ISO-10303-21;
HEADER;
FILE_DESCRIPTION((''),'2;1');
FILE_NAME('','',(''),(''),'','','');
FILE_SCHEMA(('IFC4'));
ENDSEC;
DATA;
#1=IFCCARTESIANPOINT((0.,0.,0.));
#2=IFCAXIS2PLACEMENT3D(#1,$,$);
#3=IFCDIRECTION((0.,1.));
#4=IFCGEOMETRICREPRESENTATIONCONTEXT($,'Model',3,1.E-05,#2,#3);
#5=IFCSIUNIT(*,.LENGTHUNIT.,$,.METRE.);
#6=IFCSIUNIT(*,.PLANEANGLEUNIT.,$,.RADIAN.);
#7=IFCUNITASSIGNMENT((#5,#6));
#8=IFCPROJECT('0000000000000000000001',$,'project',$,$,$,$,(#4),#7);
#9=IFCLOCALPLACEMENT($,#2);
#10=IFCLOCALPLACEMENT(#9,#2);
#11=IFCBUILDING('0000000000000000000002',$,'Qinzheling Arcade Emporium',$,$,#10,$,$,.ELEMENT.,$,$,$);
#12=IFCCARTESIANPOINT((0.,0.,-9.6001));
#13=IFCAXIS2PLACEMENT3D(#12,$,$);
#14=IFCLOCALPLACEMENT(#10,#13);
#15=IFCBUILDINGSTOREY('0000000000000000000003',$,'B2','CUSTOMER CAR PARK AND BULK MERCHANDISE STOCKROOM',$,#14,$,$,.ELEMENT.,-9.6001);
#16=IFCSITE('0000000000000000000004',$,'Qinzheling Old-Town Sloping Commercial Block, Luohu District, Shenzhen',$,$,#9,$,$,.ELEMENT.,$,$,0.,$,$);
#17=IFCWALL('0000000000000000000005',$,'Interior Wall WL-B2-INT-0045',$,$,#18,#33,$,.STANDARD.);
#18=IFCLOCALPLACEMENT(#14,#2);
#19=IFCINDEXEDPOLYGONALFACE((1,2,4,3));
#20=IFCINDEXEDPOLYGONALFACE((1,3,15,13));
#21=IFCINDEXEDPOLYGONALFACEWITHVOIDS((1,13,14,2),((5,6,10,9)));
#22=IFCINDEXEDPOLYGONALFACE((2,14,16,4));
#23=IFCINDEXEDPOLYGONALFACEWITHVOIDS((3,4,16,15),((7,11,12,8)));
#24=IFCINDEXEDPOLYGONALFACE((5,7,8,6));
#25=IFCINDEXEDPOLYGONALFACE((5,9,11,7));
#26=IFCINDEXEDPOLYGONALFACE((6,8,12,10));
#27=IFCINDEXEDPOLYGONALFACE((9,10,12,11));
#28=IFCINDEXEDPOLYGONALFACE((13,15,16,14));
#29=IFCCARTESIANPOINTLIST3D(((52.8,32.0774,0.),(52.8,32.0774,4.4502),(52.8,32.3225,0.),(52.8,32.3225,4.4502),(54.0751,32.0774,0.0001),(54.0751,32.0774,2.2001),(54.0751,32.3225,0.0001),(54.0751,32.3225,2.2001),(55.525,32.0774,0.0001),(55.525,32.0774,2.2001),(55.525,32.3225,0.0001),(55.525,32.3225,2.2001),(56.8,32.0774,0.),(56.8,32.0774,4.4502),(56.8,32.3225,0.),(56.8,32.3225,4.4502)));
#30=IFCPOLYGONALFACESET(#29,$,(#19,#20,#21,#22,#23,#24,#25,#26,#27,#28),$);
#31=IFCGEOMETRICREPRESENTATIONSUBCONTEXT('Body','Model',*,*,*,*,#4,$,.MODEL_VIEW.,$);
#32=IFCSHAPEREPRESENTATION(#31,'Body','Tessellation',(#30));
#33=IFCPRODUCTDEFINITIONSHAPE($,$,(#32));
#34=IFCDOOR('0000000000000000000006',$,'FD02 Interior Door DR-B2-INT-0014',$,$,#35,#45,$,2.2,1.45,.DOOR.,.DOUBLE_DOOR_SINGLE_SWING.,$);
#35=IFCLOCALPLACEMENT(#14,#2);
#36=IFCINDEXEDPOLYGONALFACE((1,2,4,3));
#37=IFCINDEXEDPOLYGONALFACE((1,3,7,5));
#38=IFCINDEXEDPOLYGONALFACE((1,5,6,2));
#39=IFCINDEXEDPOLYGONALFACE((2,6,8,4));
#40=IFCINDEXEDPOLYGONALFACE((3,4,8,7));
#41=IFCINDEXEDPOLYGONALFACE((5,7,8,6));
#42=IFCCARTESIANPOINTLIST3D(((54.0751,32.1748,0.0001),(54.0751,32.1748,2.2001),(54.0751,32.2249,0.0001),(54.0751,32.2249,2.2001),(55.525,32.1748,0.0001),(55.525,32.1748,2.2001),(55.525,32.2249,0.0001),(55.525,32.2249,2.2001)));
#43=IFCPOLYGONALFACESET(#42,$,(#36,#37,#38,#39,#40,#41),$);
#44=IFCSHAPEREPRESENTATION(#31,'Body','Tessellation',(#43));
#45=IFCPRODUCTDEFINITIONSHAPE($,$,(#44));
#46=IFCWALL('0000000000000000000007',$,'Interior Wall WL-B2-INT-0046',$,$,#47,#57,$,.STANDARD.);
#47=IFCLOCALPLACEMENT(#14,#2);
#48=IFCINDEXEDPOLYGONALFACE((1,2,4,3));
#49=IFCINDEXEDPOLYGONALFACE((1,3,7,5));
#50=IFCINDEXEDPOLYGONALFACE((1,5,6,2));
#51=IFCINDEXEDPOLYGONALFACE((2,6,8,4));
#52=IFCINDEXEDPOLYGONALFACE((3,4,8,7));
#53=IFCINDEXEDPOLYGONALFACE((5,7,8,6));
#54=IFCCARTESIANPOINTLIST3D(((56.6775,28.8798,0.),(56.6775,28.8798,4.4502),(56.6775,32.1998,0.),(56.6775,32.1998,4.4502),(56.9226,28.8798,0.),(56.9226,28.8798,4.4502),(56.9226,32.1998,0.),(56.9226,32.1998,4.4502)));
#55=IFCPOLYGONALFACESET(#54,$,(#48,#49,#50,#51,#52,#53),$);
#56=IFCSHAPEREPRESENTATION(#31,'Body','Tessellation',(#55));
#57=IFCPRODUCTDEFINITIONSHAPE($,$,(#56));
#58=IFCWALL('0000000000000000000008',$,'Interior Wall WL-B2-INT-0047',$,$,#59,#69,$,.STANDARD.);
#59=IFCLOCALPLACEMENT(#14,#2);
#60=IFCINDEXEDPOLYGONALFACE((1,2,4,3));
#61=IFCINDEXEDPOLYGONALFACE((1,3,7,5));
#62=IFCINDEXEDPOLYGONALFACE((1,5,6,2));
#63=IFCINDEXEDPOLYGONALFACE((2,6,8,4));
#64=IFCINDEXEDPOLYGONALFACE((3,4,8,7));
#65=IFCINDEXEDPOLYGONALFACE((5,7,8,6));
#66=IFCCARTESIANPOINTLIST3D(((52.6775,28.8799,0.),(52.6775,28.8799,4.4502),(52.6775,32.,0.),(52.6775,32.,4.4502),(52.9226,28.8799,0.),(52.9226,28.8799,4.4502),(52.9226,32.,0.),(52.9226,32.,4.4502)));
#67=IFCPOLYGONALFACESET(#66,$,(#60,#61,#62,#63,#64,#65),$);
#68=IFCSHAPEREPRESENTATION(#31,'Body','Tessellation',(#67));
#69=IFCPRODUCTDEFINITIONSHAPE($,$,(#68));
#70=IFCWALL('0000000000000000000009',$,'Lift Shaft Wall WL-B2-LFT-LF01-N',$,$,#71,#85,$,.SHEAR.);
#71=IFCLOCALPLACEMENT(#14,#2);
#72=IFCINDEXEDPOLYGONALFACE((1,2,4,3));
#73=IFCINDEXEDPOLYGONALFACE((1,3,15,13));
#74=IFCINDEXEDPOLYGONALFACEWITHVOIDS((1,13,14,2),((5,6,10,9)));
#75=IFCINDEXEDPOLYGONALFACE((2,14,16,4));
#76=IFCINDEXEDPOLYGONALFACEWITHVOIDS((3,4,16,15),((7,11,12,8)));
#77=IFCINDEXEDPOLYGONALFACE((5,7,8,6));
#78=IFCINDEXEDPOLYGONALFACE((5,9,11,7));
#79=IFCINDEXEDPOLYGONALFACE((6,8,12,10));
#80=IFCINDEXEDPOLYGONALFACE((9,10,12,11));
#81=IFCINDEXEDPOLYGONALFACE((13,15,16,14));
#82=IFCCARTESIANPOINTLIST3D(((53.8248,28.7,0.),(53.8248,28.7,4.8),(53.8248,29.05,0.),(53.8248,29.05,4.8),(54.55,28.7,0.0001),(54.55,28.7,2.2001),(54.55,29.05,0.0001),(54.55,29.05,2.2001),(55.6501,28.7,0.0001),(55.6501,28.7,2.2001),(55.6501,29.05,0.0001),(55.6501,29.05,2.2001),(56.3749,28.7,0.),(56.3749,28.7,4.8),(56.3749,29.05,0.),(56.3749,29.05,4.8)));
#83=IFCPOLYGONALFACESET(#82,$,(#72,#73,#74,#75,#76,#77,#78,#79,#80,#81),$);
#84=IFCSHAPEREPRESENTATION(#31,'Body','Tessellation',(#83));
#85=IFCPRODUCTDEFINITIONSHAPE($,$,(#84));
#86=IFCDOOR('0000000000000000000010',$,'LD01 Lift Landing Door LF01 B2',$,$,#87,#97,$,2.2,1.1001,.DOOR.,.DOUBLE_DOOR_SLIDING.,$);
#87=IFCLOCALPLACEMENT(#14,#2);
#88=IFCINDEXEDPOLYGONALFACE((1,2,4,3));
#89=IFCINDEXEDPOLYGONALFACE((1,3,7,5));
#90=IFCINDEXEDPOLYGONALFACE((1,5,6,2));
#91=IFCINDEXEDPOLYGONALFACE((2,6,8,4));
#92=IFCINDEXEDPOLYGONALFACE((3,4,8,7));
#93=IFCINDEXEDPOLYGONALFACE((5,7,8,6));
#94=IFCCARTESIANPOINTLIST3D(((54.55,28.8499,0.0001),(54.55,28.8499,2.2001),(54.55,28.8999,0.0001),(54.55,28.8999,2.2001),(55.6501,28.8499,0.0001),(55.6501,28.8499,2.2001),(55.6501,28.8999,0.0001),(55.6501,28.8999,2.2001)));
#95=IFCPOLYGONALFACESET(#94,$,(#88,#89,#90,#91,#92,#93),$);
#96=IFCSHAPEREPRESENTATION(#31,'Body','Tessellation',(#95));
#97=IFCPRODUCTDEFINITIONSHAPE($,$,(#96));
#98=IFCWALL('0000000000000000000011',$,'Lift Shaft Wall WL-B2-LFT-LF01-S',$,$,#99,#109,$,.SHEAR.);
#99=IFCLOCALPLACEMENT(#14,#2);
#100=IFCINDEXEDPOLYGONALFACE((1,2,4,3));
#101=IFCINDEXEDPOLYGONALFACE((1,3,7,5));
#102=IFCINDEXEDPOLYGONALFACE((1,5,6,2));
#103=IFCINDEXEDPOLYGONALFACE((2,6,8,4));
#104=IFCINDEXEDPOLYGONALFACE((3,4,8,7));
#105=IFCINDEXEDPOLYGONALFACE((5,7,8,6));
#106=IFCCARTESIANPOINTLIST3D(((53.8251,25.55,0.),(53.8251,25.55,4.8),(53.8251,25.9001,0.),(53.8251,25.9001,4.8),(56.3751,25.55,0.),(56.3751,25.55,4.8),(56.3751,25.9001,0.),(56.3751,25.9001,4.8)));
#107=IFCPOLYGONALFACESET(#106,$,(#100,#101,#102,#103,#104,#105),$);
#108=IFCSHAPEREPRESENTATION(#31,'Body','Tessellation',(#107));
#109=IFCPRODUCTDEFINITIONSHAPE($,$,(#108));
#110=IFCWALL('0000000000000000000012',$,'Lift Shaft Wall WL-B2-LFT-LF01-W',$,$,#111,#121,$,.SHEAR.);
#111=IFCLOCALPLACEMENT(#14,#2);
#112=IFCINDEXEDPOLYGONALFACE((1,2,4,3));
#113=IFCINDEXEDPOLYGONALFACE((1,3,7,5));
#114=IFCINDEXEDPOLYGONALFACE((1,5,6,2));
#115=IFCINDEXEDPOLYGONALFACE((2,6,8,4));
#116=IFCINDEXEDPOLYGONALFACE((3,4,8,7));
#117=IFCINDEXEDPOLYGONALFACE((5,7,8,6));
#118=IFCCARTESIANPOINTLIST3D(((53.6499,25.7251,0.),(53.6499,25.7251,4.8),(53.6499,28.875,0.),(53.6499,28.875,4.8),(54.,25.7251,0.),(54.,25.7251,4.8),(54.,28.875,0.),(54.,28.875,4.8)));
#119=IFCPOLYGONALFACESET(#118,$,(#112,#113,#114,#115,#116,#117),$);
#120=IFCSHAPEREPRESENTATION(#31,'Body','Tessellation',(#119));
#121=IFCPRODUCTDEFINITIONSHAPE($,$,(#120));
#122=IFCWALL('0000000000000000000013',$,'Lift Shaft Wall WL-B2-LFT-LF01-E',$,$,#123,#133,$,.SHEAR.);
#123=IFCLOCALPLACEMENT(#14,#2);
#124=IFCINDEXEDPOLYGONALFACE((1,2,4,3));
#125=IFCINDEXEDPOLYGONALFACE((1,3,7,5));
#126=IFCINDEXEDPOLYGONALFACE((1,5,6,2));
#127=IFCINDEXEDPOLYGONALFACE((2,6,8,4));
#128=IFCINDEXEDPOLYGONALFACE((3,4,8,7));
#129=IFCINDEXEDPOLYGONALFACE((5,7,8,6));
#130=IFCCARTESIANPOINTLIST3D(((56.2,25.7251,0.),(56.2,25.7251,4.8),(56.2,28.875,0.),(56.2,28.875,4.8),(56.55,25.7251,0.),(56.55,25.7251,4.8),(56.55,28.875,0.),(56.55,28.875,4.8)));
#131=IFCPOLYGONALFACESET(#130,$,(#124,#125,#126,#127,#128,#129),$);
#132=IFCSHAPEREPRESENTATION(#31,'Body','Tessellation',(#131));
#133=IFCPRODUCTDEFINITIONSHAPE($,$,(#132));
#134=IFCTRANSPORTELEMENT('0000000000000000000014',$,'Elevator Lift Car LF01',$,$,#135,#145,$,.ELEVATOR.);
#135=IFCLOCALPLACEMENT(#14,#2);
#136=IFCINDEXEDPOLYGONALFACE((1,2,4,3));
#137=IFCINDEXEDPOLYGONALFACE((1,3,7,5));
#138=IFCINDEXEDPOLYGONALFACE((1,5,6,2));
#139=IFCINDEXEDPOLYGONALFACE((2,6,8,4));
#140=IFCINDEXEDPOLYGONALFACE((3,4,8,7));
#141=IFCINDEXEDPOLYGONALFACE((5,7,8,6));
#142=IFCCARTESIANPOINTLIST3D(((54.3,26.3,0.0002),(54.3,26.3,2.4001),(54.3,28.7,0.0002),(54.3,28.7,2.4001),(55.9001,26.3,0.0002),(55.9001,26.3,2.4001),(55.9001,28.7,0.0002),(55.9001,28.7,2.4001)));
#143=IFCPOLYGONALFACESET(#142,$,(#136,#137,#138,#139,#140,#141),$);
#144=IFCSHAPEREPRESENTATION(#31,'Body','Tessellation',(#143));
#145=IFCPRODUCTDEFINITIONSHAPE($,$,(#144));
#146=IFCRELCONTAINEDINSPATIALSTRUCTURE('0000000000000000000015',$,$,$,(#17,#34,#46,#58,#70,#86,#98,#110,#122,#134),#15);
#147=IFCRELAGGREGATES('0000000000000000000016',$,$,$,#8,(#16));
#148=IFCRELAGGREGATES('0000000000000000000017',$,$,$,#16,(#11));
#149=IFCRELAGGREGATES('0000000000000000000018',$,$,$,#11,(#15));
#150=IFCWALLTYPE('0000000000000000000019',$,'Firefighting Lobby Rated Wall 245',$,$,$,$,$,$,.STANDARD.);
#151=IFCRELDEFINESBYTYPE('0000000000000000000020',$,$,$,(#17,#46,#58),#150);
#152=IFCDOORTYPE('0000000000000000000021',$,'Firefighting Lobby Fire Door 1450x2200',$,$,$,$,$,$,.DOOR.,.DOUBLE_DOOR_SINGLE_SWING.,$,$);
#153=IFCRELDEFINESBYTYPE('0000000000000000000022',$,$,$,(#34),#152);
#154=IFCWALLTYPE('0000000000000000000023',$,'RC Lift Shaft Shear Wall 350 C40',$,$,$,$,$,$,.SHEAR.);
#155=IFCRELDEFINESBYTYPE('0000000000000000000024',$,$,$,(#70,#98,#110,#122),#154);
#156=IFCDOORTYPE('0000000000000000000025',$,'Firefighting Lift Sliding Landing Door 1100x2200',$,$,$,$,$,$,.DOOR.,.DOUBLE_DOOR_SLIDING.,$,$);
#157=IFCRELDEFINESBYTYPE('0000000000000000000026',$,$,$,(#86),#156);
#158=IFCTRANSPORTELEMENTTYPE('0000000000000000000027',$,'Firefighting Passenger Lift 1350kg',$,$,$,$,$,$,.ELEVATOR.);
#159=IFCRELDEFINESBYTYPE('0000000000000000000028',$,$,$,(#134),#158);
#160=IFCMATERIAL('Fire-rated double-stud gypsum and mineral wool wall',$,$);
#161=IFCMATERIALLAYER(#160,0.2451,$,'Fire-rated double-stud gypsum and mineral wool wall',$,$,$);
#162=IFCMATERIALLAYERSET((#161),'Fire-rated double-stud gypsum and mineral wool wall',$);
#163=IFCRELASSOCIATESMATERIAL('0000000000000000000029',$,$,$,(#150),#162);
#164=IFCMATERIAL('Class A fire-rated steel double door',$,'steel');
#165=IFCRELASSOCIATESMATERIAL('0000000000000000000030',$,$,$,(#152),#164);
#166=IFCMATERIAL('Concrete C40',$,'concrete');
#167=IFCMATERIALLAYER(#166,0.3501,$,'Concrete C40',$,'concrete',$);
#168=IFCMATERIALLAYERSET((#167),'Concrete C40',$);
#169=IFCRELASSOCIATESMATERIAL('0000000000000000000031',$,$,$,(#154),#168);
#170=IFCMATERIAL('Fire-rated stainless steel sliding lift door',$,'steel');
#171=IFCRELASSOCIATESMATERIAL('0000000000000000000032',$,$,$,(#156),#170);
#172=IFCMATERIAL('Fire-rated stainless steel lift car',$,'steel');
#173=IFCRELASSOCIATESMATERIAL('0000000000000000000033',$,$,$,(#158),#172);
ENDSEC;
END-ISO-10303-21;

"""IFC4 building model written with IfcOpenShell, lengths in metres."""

from ifc_helpers import new_model, si_unit, direction, frame, frame_2d, origin, origin_2d, place, context, subcontext, project, spatial, rectangle, extrude, material, layer, layer_set, type_object, element, fill, save


model = new_model("IFC4")

# Units and contexts
model_context = context("Model", 3, precision=1e-05, world=origin(), true_north=direction((0.0, 1.0)))
body_context = subcontext(model_context, "Body", "Model", "MODEL_VIEW")
ifc_project = project(units=[si_unit("LENGTHUNIT", "METRE"), si_unit("PLANEANGLEUNIT", "RADIAN")], contexts=[model_context])

# Site, building, storey
site_placement = place(None, origin())
site = spatial("IfcSite", under=ifc_project, at=site_placement, Name="Qinzheling Old-Town Sloping Commercial Block, Luohu District, Shenzhen", CompositionType="ELEMENT", RefElevation=0.0)
building_placement = place(site_placement, origin())
building = spatial("IfcBuilding", under=site, at=building_placement, Name="Qinzheling Arcade Emporium", CompositionType="ELEMENT")
storey_placement = place(building_placement, frame((0.0, 0.0, -9.6001)))
storey = spatial("IfcBuildingStorey", under=building, at=storey_placement, Name="B2", Description="CUSTOMER CAR PARK AND BULK MERCHANDISE STOCKROOM", CompositionType="ELEMENT", Elevation=-9.6001)

# Shared definitions
ifc_material_1 = material(Name="Concrete C40", Category="concrete")

# Wall, opening, door
ifc_material_2 = material(Name="Fire-rated double-stud gypsum and mineral wool wall")
ifc_layer_1 = layer(ifc_material_2, 0.2451, Name="Fire-rated double-stud gypsum and mineral wool wall")
ifc_layer_set_1 = layer_set([ifc_layer_1], Name="Fire-rated double-stud gypsum and mineral wool wall")
wall_type_1 = type_object("IfcWallType", Name="Firefighting Lobby Rated Wall 245", PredefinedType="STANDARD", material=ifc_layer_set_1)
wall_1_placement = place(storey_placement, frame((52.8, 32.2, 0.0), z_axis=(0.0, 0.0, 1.0), x_axis=(1.0, 0.0, 0.0)))
wall_1 = element("IfcWall", 1, at=wall_1_placement, inside=storey, type_object=wall_type_1, Name="Interior Wall WL-B2-INT-0045", PredefinedType="STANDARD", context=body_context, shape_type="SweptSolid", body=[
    extrude(rectangle(XDim=4.0, YDim=0.2451, at=frame_2d((2.0, 0.0))), origin(), (0.0, 0.0, 1.0), 4.4502),
])
opening_1_placement = place(wall_1_placement, frame((1.2749, 0.0, 0.0)))
opening_1 = element("IfcOpeningElement", 2, at=opening_1_placement, cuts=wall_1, PredefinedType="OPENING", context=body_context, shape_type="SweptSolid", body=[
    extrude(rectangle(XDim=1.45, YDim=2.2, at=frame_2d((0.7251, 1.1001))), frame((0.0, 0.1326, 0.0), z_axis=(0.0, -1.0, 0.0), x_axis=(1.0, 0.0, 0.0)), (0.0, 0.0, 1.0), 0.2651),
])
ifc_material_3 = material(Name="Class A fire-rated steel double door", Category="steel")
door_type_1 = type_object("IfcDoorType", Name="Firefighting Lobby Fire Door 1450x2200", OperationType="DOUBLE_DOOR_SINGLE_SWING", PredefinedType="DOOR", material=ifc_material_3)
door_1_placement = place(opening_1_placement, origin())
door_1 = element("IfcDoor", 3, at=door_1_placement, inside=storey, type_object=door_type_1, Name="FD02 Interior Door DR-B2-INT-0014", OperationType="DOUBLE_DOOR_SINGLE_SWING", OverallHeight=2.2, OverallWidth=1.45, PredefinedType="DOOR", context=body_context, shape_type="SweptSolid", body=[
    extrude(rectangle(XDim=1.45, YDim=2.2, at=frame_2d((0.7251, 1.1001))), frame((0.0, 0.0249, 0.0), z_axis=(0.0, -1.0, 0.0), x_axis=(1.0, 0.0, 0.0)), (0.0, 0.0, 1.0), 0.05),
])
fill(opening_1, door_1)

# Walls
wall_2_placement = place(storey_placement, frame((56.8, 32.2, 0.0), z_axis=(0.0, 0.0, 1.0), x_axis=(0.0, -1.0, 0.0)))
element("IfcWall", 4, at=wall_2_placement, inside=storey, type_object=wall_type_1, Name="Interior Wall WL-B2-INT-0046", PredefinedType="STANDARD", context=body_context, shape_type="SweptSolid", body=[
    extrude(rectangle(XDim=3.3201, YDim=0.2451, at=frame_2d((1.6602, 0.0))), origin(), (0.0, 0.0, 1.0), 4.4502),
])
wall_3_placement = place(storey_placement, frame((52.8, 28.8799, 0.0), z_axis=(0.0, 0.0, 1.0), x_axis=(0.0, 1.0, 0.0)))
element("IfcWall", 5, at=wall_3_placement, inside=storey, type_object=wall_type_1, Name="Interior Wall WL-B2-INT-0047", PredefinedType="STANDARD", context=body_context, shape_type="SweptSolid", body=[
    extrude(rectangle(XDim=3.1201, YDim=0.2451, at=frame_2d((1.5601, 0.0))), origin(), (0.0, 0.0, 1.0), 4.4502),
])

# Wall, opening, door
ifc_layer_2 = layer(ifc_material_1, 0.3501, Name="Concrete C40", Category="concrete")
ifc_layer_set_2 = layer_set([ifc_layer_2], Name="Concrete C40")
wall_type_2 = type_object("IfcWallType", Name="RC Lift Shaft Shear Wall 350 C40", PredefinedType="SHEAR", material=ifc_layer_set_2)
wall_4_placement = place(storey_placement, frame((53.825, 28.875, 0.0), z_axis=(0.0, 0.0, 1.0), x_axis=(1.0, 0.0, 0.0)))
wall_4 = element("IfcWall", 6, at=wall_4_placement, inside=storey, type_object=wall_type_2, Name="Lift Shaft Wall WL-B2-LFT-LF01-N", PredefinedType="SHEAR", context=body_context, shape_type="SweptSolid", body=[
    extrude(rectangle(XDim=2.55, YDim=0.3501, at=frame_2d((1.2749, 0.0))), origin(), (0.0, 0.0, 1.0), 4.8),
])
opening_2_placement = place(wall_4_placement, frame((0.7251, 0.0, 0.0)))
opening_2 = element("IfcOpeningElement", 7, at=opening_2_placement, cuts=wall_4, PredefinedType="OPENING", context=body_context, shape_type="SweptSolid", body=[
    extrude(rectangle(XDim=1.1001, YDim=2.2, at=frame_2d((0.55, 1.1001))), frame((0.0, 0.1851, 0.0), z_axis=(0.0, -1.0, 0.0), x_axis=(1.0, 0.0, 0.0)), (0.0, 0.0, 1.0), 0.3701),
])
ifc_material_4 = material(Name="Fire-rated stainless steel sliding lift door", Category="steel")
door_type_2 = type_object("IfcDoorType", Name="Firefighting Lift Sliding Landing Door 1100x2200", OperationType="DOUBLE_DOOR_SLIDING", PredefinedType="DOOR", material=ifc_material_4)
door_2_placement = place(opening_2_placement, origin())
door_2 = element("IfcDoor", 8, at=door_2_placement, inside=storey, type_object=door_type_2, Name="LD01 Lift Landing Door LF01 B2", OperationType="DOUBLE_DOOR_SLIDING", OverallHeight=2.2, OverallWidth=1.1001, PredefinedType="DOOR", context=body_context, shape_type="SweptSolid", body=[
    extrude(rectangle(XDim=1.1001, YDim=2.2, at=frame_2d((0.55, 1.1001))), frame((0.0, 0.0249, 0.0), z_axis=(0.0, -1.0, 0.0), x_axis=(1.0, 0.0, 0.0)), (0.0, 0.0, 1.0), 0.05),
])
fill(opening_2, door_2)

# Walls
wall_5_placement = place(storey_placement, frame((56.375, 25.7251, 0.0), z_axis=(0.0, 0.0, 1.0), x_axis=(-1.0, 0.0, 0.0)))
element("IfcWall", 9, at=wall_5_placement, inside=storey, type_object=wall_type_2, Name="Lift Shaft Wall WL-B2-LFT-LF01-S", PredefinedType="SHEAR", context=body_context, shape_type="SweptSolid", body=[
    extrude(rectangle(XDim=2.55, YDim=0.3501, at=frame_2d((1.2749, 0.0))), origin(), (0.0, 0.0, 1.0), 4.8),
])
for number, where, z_axis, x_axis, name in (
    (10, (53.825, 25.7251, 0.0), (0.0, 0.0, 1.0), (0.0, 1.0, 0.0), "Lift Shaft Wall WL-B2-LFT-LF01-W"),
    (11, (56.375, 28.875, 0.0), (0.0, 0.0, 1.0), (0.0, -1.0, 0.0), "Lift Shaft Wall WL-B2-LFT-LF01-E"),
):
    element("IfcWall", number, at=place(storey_placement, frame(where, z_axis=z_axis, x_axis=x_axis)), inside=storey, type_object=wall_type_2, Name=name, PredefinedType="SHEAR", context=body_context, shape_type="SweptSolid", body=[
        extrude(rectangle(XDim=3.1499, YDim=0.3501, at=frame_2d((1.575, 0.0))), origin(), (0.0, 0.0, 1.0), 4.8),
    ])

# Transport element
ifc_material_5 = material(Name="Fire-rated stainless steel lift car", Category="steel")
transport_element_type = type_object("IfcTransportElementType", Name="Firefighting Passenger Lift 1350kg", PredefinedType="ELEVATOR", material=ifc_material_5)
transport_element_placement = place(storey_placement, frame((55.1001, 27.5, 0.0002), z_axis=(0.0, 0.0, 1.0), x_axis=(1.0, 0.0, 0.0)))
element("IfcTransportElement", 12, at=transport_element_placement, inside=storey, type_object=transport_element_type, Name="Elevator Lift Car LF01", PredefinedType="ELEVATOR", context=body_context, shape_type="SweptSolid", body=[
    extrude(rectangle(XDim=1.6001, YDim=2.3999, at=origin_2d()), origin(), (0.0, 0.0, 1.0), 2.3999),
])

save(model, "model.ifc")
